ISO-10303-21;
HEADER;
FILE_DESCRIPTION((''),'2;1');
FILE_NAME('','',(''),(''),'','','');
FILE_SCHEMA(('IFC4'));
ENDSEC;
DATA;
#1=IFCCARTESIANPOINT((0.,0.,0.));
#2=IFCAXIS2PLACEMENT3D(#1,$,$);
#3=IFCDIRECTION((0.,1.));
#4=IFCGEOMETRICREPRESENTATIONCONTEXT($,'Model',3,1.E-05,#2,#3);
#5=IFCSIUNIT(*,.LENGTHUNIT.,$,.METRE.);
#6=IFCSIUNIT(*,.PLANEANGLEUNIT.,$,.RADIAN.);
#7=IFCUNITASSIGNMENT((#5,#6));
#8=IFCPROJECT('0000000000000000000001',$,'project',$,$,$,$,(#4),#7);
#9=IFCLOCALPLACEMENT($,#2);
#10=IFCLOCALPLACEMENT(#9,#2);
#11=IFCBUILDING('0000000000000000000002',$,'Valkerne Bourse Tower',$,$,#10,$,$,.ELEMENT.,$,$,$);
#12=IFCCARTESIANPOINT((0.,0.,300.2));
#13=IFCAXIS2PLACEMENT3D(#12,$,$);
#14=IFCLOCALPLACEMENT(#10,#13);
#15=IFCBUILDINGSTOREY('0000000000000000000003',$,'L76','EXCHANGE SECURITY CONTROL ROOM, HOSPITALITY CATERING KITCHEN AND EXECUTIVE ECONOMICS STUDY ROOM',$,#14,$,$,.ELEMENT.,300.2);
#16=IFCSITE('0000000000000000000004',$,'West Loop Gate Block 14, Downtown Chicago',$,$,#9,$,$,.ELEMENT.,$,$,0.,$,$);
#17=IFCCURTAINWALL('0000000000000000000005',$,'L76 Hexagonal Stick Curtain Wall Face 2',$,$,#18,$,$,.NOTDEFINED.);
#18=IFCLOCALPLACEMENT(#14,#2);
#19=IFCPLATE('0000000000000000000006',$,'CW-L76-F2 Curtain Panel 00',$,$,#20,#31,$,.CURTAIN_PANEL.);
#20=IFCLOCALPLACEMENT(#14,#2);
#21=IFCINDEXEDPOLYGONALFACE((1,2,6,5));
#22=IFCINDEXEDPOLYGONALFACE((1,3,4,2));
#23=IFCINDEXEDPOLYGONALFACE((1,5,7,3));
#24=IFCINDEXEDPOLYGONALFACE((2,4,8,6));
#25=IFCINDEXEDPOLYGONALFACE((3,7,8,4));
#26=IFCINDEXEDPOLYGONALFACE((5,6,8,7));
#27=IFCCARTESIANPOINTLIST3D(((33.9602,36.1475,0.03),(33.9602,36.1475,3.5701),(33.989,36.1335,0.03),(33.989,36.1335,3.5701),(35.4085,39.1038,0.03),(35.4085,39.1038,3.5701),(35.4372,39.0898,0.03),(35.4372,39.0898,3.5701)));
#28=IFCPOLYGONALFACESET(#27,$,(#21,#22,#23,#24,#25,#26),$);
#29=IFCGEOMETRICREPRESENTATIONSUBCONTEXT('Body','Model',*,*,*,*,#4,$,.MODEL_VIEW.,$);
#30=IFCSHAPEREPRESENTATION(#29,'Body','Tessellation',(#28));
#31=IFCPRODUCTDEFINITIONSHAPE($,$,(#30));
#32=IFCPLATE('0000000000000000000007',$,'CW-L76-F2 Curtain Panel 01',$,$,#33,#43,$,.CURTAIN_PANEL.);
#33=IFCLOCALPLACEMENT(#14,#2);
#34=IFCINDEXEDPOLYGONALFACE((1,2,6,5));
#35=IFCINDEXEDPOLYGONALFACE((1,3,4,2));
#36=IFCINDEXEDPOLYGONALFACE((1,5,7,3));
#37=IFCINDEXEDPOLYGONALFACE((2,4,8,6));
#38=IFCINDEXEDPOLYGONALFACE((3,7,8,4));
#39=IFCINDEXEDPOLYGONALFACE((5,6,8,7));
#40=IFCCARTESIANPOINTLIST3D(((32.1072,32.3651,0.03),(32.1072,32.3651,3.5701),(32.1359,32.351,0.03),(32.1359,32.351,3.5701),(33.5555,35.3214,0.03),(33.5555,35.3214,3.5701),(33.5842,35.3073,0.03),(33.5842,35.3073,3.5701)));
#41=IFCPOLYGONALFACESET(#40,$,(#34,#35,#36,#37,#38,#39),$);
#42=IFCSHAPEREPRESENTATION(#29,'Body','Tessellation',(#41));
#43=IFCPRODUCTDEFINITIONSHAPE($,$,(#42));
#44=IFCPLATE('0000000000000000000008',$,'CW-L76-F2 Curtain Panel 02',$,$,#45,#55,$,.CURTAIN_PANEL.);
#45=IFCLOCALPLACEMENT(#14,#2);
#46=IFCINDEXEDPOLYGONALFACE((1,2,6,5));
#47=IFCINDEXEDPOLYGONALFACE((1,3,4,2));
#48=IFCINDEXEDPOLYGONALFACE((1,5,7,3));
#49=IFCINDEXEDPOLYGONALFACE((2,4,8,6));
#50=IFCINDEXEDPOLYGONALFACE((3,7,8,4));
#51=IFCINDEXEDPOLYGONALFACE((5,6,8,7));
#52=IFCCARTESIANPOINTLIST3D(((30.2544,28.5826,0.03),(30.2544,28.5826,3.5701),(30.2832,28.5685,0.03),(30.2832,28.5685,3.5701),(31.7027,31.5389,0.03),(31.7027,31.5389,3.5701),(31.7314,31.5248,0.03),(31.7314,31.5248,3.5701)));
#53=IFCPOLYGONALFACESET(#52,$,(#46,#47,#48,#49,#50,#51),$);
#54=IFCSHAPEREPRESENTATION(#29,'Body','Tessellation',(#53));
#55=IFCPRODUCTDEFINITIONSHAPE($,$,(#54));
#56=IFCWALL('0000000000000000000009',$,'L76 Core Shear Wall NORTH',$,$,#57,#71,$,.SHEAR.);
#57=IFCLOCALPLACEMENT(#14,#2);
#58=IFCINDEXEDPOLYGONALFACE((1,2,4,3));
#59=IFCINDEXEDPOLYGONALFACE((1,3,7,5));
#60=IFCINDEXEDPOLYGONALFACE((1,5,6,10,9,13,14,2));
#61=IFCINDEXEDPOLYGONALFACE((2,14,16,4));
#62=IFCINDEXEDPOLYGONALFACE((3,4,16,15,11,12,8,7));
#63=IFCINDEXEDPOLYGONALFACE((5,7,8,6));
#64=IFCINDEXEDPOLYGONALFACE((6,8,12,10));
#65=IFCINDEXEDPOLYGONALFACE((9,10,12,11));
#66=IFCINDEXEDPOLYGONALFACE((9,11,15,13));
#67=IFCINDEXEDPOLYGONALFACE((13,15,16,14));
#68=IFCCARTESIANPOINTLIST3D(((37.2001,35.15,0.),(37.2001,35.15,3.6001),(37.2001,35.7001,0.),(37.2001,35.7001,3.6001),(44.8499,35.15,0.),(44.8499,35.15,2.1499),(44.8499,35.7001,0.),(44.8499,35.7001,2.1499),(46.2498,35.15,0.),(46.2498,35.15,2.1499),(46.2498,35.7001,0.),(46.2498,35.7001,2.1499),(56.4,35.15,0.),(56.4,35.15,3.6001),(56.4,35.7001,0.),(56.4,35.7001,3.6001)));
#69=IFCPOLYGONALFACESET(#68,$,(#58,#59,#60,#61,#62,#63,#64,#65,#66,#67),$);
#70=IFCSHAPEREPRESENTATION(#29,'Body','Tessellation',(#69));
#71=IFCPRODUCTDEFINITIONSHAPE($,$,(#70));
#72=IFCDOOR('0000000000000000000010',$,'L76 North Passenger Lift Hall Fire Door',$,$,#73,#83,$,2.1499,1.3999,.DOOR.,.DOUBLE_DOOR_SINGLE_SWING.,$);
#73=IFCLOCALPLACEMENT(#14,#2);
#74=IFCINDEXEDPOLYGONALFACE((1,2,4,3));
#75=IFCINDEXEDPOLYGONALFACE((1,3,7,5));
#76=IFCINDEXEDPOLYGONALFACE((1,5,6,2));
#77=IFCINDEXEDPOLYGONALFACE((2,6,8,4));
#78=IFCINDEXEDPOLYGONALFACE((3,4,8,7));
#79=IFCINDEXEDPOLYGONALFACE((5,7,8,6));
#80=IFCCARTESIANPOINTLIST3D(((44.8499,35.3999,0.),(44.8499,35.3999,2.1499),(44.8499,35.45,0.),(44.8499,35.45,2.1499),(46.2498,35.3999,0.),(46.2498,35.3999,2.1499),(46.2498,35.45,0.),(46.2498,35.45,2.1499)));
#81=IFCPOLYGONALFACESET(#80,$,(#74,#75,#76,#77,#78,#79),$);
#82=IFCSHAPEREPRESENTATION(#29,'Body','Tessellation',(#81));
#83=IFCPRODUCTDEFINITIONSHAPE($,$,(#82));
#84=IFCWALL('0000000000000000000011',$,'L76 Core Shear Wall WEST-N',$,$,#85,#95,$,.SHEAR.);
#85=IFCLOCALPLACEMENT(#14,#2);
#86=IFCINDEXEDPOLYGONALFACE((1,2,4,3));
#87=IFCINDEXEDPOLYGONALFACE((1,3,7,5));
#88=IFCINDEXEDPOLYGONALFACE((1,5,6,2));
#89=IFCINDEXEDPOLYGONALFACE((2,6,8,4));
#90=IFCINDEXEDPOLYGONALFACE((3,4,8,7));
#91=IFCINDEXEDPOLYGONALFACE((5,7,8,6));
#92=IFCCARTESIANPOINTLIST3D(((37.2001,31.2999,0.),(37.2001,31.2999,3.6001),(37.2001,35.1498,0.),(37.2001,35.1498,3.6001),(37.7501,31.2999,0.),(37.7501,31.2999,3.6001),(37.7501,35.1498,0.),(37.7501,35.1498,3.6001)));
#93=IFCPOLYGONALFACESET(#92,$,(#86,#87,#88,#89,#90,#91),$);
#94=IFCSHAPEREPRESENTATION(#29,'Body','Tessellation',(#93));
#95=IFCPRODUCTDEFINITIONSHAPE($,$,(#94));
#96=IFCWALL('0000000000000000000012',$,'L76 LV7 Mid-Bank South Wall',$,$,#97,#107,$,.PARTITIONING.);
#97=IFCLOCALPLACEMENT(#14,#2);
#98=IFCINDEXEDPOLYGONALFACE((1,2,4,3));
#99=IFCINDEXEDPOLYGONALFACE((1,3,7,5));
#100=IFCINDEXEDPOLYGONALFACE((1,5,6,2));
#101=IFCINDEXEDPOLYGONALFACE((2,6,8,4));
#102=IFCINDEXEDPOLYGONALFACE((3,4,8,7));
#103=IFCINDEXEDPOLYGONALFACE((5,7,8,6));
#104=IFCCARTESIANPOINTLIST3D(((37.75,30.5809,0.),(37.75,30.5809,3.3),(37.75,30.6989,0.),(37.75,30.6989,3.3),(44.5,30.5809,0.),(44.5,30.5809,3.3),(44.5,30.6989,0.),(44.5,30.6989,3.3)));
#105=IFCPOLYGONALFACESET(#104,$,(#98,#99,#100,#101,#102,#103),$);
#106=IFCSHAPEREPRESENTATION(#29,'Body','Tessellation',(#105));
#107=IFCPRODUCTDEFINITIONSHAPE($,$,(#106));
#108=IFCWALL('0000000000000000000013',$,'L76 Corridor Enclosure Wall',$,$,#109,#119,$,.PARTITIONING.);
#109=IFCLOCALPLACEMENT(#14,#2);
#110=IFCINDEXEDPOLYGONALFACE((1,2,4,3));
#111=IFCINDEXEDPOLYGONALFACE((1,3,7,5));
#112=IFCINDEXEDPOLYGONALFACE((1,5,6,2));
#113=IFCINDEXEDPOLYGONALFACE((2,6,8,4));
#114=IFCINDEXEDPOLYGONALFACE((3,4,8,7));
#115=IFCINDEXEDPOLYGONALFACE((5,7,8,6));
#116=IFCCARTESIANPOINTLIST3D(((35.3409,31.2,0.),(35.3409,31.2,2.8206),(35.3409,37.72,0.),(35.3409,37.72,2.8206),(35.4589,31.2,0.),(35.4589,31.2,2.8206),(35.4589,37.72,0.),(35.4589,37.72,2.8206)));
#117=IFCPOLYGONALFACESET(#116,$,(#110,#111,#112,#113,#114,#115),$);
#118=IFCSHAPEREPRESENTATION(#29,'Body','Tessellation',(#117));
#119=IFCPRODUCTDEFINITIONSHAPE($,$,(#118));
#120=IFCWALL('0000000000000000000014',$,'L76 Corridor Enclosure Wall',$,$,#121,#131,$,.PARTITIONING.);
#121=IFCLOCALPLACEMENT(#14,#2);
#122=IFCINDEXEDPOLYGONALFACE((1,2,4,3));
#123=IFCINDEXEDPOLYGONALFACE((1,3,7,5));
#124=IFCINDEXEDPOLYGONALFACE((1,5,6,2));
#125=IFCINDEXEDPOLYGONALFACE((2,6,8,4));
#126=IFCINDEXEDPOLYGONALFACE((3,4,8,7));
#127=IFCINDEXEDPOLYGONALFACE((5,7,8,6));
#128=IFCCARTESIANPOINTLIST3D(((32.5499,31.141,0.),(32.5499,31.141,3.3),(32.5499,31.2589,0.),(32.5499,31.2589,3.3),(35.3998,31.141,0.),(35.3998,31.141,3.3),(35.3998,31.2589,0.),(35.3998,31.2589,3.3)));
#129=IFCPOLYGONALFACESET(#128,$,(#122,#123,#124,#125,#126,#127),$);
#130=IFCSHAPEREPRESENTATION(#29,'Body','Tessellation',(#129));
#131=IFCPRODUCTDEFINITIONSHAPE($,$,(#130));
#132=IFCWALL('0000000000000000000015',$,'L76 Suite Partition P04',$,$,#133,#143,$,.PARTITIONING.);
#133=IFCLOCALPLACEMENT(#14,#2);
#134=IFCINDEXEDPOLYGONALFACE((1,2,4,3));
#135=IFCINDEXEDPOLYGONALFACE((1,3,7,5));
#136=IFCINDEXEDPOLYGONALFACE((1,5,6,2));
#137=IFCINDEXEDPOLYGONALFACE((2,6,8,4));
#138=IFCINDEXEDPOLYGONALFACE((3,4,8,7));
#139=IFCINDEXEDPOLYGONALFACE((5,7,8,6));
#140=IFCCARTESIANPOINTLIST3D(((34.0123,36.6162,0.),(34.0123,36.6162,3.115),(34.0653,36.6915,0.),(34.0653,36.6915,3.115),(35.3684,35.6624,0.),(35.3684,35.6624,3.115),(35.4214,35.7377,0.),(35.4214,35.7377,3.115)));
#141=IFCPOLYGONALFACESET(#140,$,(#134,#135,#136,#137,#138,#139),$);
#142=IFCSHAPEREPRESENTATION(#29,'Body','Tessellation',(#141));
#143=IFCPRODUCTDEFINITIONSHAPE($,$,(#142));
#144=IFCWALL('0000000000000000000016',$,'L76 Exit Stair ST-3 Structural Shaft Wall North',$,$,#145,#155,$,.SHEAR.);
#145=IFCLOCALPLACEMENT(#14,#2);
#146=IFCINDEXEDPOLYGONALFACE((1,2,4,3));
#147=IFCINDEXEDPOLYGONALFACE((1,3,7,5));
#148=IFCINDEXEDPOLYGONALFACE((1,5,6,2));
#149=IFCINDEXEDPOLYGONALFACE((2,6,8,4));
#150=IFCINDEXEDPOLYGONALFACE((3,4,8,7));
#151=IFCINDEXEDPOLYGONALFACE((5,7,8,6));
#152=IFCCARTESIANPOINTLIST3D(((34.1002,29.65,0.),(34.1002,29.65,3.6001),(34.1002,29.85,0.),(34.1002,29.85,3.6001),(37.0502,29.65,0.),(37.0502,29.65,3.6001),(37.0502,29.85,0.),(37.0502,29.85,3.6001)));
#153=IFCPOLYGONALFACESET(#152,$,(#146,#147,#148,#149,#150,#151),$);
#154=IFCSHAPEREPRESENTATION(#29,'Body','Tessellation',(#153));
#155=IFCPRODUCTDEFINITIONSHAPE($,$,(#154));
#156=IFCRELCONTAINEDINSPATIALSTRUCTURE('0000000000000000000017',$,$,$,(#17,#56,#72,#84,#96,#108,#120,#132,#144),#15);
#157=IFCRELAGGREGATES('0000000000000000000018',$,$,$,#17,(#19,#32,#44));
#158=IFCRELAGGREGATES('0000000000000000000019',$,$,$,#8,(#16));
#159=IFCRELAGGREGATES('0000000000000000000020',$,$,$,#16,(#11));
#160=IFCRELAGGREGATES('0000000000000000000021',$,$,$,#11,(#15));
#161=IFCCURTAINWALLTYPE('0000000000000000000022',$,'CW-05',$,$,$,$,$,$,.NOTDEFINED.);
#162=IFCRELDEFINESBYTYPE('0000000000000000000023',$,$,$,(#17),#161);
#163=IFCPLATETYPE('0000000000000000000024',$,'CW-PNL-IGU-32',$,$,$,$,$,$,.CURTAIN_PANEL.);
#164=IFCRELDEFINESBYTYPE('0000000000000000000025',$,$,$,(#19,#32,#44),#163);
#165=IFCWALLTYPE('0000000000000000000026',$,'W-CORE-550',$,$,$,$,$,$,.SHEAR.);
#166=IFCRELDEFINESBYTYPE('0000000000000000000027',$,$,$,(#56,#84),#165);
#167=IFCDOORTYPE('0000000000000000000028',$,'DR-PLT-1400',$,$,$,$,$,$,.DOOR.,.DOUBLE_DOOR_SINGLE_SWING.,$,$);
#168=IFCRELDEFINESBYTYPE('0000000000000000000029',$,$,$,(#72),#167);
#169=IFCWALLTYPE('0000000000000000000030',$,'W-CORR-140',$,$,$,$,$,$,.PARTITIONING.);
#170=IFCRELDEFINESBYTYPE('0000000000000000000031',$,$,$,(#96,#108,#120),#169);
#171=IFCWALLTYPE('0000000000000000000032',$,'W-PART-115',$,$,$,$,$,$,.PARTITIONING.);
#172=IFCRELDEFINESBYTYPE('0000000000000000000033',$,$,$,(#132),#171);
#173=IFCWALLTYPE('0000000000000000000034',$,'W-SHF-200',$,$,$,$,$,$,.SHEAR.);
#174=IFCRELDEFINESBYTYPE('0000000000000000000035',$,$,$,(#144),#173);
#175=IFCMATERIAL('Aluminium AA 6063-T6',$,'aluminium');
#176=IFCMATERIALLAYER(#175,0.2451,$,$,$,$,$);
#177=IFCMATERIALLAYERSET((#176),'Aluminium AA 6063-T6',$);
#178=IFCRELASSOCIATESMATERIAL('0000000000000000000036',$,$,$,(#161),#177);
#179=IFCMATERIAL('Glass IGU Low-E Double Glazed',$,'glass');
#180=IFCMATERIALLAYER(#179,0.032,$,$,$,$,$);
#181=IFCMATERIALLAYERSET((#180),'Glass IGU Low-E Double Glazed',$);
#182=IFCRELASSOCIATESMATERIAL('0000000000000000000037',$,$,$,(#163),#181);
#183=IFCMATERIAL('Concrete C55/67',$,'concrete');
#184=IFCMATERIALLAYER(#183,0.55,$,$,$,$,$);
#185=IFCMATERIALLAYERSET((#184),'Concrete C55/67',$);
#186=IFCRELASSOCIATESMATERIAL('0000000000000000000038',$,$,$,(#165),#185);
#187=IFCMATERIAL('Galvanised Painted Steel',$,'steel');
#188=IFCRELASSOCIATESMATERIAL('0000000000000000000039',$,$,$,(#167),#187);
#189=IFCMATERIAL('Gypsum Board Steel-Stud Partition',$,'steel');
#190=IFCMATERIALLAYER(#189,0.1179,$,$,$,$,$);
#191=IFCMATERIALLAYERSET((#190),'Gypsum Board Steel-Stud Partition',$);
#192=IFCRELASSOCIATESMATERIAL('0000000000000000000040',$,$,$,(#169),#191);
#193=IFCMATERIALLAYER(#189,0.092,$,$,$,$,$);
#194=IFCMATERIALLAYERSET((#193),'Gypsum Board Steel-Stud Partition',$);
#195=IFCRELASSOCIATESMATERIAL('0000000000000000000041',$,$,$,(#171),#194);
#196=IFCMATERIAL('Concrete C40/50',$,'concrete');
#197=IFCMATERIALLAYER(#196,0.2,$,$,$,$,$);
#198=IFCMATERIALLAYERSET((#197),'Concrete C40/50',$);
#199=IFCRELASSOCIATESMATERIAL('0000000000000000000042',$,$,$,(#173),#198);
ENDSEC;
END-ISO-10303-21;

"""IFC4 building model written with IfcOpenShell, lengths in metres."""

from ifc_helpers import new_model, si_unit, direction, frame, frame_2d, origin, origin_2d, place, context, subcontext, project, spatial, rectangle, extrude, material, layer, layer_set, type_object, element, fill, aggregate, save


model = new_model("IFC4")

# Units and contexts
model_context = context("Model", 3, precision=1e-05, world=origin(), true_north=direction((0.0, 1.0)))
body_context = subcontext(model_context, "Body", "Model", "MODEL_VIEW")
ifc_project = project(units=[si_unit("LENGTHUNIT", "METRE"), si_unit("PLANEANGLEUNIT", "RADIAN")], contexts=[model_context])

# Site, building, storey
site_placement = place(None, origin())
site = spatial("IfcSite", under=ifc_project, at=site_placement, Name="West Loop Gate Block 14, Downtown Chicago", CompositionType="ELEMENT", RefElevation=0.0)
building_placement = place(site_placement, origin())
building = spatial("IfcBuilding", under=site, at=building_placement, Name="Valkerne Bourse Tower", CompositionType="ELEMENT")
storey_placement = place(building_placement, frame((0.0, 0.0, 300.2)))
storey = spatial("IfcBuildingStorey", under=building, at=storey_placement, Name="L76", Description="EXCHANGE SECURITY CONTROL ROOM, HOSPITALITY CATERING KITCHEN AND EXECUTIVE ECONOMICS STUDY ROOM", CompositionType="ELEMENT", Elevation=300.2)

# Curtain wall
ifc_material_1 = material(Name="Aluminium AA 6063-T6", Category="aluminium")
ifc_layer_1 = layer(ifc_material_1, 0.2451)
ifc_layer_set_1 = layer_set([ifc_layer_1], Name="Aluminium AA 6063-T6")
curtain_wall_type = type_object("IfcCurtainWallType", Name="CW-05", PredefinedType="NOTDEFINED", material=ifc_layer_set_1)
curtain_wall_placement = place(storey_placement, origin())
curtain_wall = element("IfcCurtainWall", 1, at=curtain_wall_placement, inside=storey, type_object=curtain_wall_type, Name="L76 Hexagonal Stick Curtain Wall Face 2", PredefinedType="NOTDEFINED")

# Plates
ifc_material_2 = material(Name="Glass IGU Low-E Double Glazed", Category="glass")
ifc_layer_2 = layer(ifc_material_2, 0.032)
ifc_layer_set_2 = layer_set([ifc_layer_2], Name="Glass IGU Low-E Double Glazed")
plate_type = type_object("IfcPlateType", Name="CW-PNL-IGU-32", PredefinedType="CURTAIN_PANEL", material=ifc_layer_set_2)
plate_1_placement = place(storey_placement, frame((34.6987, 37.6187, 0.03), z_axis=(0.0, 0.0, 1.0), x_axis=(-0.439934, -0.89803, 0.0)))
plate_1 = element("IfcPlate", 2, at=plate_1_placement, type_object=plate_type, Name="CW-L76-F2 Curtain Panel 00", PredefinedType="CURTAIN_PANEL", context=body_context, shape_type="SweptSolid", body=[
    extrude(rectangle(XDim=3.292, YDim=0.032, at=origin_2d()), origin(), (0.0, 0.0, 1.0), 3.54),
])
plate_2_placement = place(storey_placement, frame((32.8457, 33.8362, 0.03), z_axis=(0.0, 0.0, 1.0), x_axis=(-0.439934, -0.89803, 0.0)))
plate_2 = element("IfcPlate", 3, at=plate_2_placement, type_object=plate_type, Name="CW-L76-F2 Curtain Panel 01", PredefinedType="CURTAIN_PANEL", context=body_context, shape_type="SweptSolid", body=[
    extrude(rectangle(XDim=3.292, YDim=0.032, at=origin_2d()), origin(), (0.0, 0.0, 1.0), 3.54),
])
plate_3_placement = place(storey_placement, frame((30.9929, 30.0537, 0.03), z_axis=(0.0, 0.0, 1.0), x_axis=(-0.439934, -0.89803, 0.0)))
plate_3 = element("IfcPlate", 4, at=plate_3_placement, type_object=plate_type, Name="CW-L76-F2 Curtain Panel 02", PredefinedType="CURTAIN_PANEL", context=body_context, shape_type="SweptSolid", body=[
    extrude(rectangle(XDim=3.292, YDim=0.032, at=origin_2d()), origin(), (0.0, 0.0, 1.0), 3.54),
])
aggregate(curtain_wall, [plate_1, plate_2, plate_3])

# Wall, opening, door
ifc_material_3 = material(Name="Concrete C55/67", Category="concrete")
ifc_layer_3 = layer(ifc_material_3, 0.55)
ifc_layer_set_3 = layer_set([ifc_layer_3], Name="Concrete C55/67")
wall_type_1 = type_object("IfcWallType", Name="W-CORE-550", PredefinedType="SHEAR", material=ifc_layer_set_3)
wall_1_placement = place(storey_placement, frame((37.2, 35.425, 0.0), z_axis=(0.0, 0.0, 1.0), x_axis=(1.0, 0.0, 0.0)))
wall_1 = element("IfcWall", 5, at=wall_1_placement, inside=storey, type_object=wall_type_1, Name="L76 Core Shear Wall NORTH", PredefinedType="SHEAR", context=body_context, shape_type="SweptSolid", body=[
    extrude(rectangle(XDim=19.2, YDim=0.55, at=frame_2d((9.6001, 0.0))), origin(), (0.0, 0.0, 1.0), 3.6001),
])
opening_placement = place(wall_1_placement, frame((7.6499, 0.0, 0.0)))
opening = element("IfcOpeningElement", 6, at=opening_placement, cuts=wall_1, PredefinedType="OPENING", context=body_context, shape_type="SweptSolid", body=[
    extrude(rectangle(XDim=1.3999, YDim=2.1499, at=frame_2d((0.7, 1.075))), frame((0.0, 0.2849, 0.0), z_axis=(0.0, -1.0, 0.0), x_axis=(1.0, 0.0, 0.0)), (0.0, 0.0, 1.0), 0.5701),
])
ifc_material_4 = material(Name="Galvanised Painted Steel", Category="steel")
door_type = type_object("IfcDoorType", Name="DR-PLT-1400", OperationType="DOUBLE_DOOR_SINGLE_SWING", PredefinedType="DOOR", material=ifc_material_4)
door_placement = place(opening_placement, origin())
door = element("IfcDoor", 7, at=door_placement, inside=storey, type_object=door_type, Name="L76 North Passenger Lift Hall Fire Door", OperationType="DOUBLE_DOOR_SINGLE_SWING", OverallHeight=2.1499, OverallWidth=1.3999, PredefinedType="DOOR", context=body_context, shape_type="SweptSolid", body=[
    extrude(rectangle(XDim=1.3999, YDim=2.1499, at=frame_2d((0.7, 1.075))), frame((0.0, 0.0249, 0.0), z_axis=(0.0, -1.0, 0.0), x_axis=(1.0, 0.0, 0.0)), (0.0, 0.0, 1.0), 0.05),
])
fill(opening, door)

# Walls
wall_2_placement = place(storey_placement, frame((37.4751, 31.3, 0.0), z_axis=(0.0, 0.0, 1.0), x_axis=(0.0, 1.0, 0.0)))
element("IfcWall", 8, at=wall_2_placement, inside=storey, type_object=wall_type_1, Name="L76 Core Shear Wall WEST-N", PredefinedType="SHEAR", context=body_context, shape_type="SweptSolid", body=[
    extrude(rectangle(XDim=3.8499, YDim=0.55, at=frame_2d((1.9248, 0.0))), origin(), (0.0, 0.0, 1.0), 3.6001),
])
ifc_material_5 = material(Name="Gypsum Board Steel-Stud Partition", Category="steel")
ifc_layer_4 = layer(ifc_material_5, 0.1179)
ifc_layer_set_4 = layer_set([ifc_layer_4], Name="Gypsum Board Steel-Stud Partition")
wall_type_2 = type_object("IfcWallType", Name="W-CORR-140", PredefinedType="PARTITIONING", material=ifc_layer_set_4)
wall_3_placement = place(storey_placement, frame((37.75, 30.6399, 0.0), z_axis=(0.0, 0.0, 1.0), x_axis=(1.0, 0.0, 0.0)))
element("IfcWall", 9, at=wall_3_placement, inside=storey, type_object=wall_type_2, Name="L76 LV7 Mid-Bank South Wall", PredefinedType="PARTITIONING", context=body_context, shape_type="SweptSolid", body=[
    extrude(rectangle(XDim=6.75, YDim=0.1179, at=frame_2d((3.375, 0.0))), origin(), (0.0, 0.0, 1.0), 3.3),
])
wall_4_placement = place(storey_placement, frame((35.3999, 31.2, 0.0), z_axis=(0.0, 0.0, 1.0), x_axis=(0.0, 1.0, 0.0)))
element("IfcWall", 10, at=wall_4_placement, inside=storey, type_object=wall_type_2, Name="L76 Corridor Enclosure Wall", PredefinedType="PARTITIONING", context=body_context, shape_type="SweptSolid", body=[
    extrude(rectangle(XDim=6.52, YDim=0.1179, at=frame_2d((3.26, 0.0))), origin(), (0.0, 0.0, 1.0), 2.8206),
])
wall_5_placement = place(storey_placement, frame((32.55, 31.2, 0.0), z_axis=(0.0, 0.0, 1.0), x_axis=(1.0, 0.0, 0.0)))
element("IfcWall", 11, at=wall_5_placement, inside=storey, type_object=wall_type_2, Name="L76 Corridor Enclosure Wall", PredefinedType="PARTITIONING", context=body_context, shape_type="SweptSolid", body=[
    extrude(rectangle(XDim=2.8499, YDim=0.1179, at=frame_2d((1.4248, 0.0))), origin(), (0.0, 0.0, 1.0), 3.3),
])
ifc_layer_5 = layer(ifc_material_5, 0.092)
ifc_layer_set_5 = layer_set([ifc_layer_5], Name="Gypsum Board Steel-Stud Partition")
wall_type_3 = type_object("IfcWallType", Name="W-PART-115", PredefinedType="PARTITIONING", material=ifc_layer_set_5)
wall_6_placement = place(storey_placement, frame((35.395, 35.7, 0.0), z_axis=(0.0, 0.0, 1.0), x_axis=(-0.81795, 0.575289, 0.0)))
element("IfcWall", 12, at=wall_6_placement, inside=storey, type_object=wall_type_3, Name="L76 Suite Partition P04", PredefinedType="PARTITIONING", context=body_context, shape_type="SweptSolid", body=[
    extrude(rectangle(XDim=1.658, YDim=0.092, at=frame_2d((0.8291, 0.0))), origin(), (0.0, 0.0, 1.0), 3.115),
])
ifc_material_6 = material(Name="Concrete C40/50", Category="concrete")
ifc_layer_6 = layer(ifc_material_6, 0.2)
ifc_layer_set_6 = layer_set([ifc_layer_6], Name="Concrete C40/50")
wall_type_4 = type_object("IfcWallType", Name="W-SHF-200", PredefinedType="SHEAR", material=ifc_layer_set_6)
wall_7_placement = place(storey_placement, frame((34.1001, 29.75, 0.0), z_axis=(0.0, 0.0, 1.0), x_axis=(1.0, 0.0, 0.0)))
element("IfcWall", 13, at=wall_7_placement, inside=storey, type_object=wall_type_4, Name="L76 Exit Stair ST-3 Structural Shaft Wall North", PredefinedType="SHEAR", context=body_context, shape_type="SweptSolid", body=[
    extrude(rectangle(XDim=2.95, YDim=0.2, at=frame_2d((1.4751, 0.0))), origin(), (0.0, 0.0, 1.0), 3.6001),
])

save(model, "model.ifc")
